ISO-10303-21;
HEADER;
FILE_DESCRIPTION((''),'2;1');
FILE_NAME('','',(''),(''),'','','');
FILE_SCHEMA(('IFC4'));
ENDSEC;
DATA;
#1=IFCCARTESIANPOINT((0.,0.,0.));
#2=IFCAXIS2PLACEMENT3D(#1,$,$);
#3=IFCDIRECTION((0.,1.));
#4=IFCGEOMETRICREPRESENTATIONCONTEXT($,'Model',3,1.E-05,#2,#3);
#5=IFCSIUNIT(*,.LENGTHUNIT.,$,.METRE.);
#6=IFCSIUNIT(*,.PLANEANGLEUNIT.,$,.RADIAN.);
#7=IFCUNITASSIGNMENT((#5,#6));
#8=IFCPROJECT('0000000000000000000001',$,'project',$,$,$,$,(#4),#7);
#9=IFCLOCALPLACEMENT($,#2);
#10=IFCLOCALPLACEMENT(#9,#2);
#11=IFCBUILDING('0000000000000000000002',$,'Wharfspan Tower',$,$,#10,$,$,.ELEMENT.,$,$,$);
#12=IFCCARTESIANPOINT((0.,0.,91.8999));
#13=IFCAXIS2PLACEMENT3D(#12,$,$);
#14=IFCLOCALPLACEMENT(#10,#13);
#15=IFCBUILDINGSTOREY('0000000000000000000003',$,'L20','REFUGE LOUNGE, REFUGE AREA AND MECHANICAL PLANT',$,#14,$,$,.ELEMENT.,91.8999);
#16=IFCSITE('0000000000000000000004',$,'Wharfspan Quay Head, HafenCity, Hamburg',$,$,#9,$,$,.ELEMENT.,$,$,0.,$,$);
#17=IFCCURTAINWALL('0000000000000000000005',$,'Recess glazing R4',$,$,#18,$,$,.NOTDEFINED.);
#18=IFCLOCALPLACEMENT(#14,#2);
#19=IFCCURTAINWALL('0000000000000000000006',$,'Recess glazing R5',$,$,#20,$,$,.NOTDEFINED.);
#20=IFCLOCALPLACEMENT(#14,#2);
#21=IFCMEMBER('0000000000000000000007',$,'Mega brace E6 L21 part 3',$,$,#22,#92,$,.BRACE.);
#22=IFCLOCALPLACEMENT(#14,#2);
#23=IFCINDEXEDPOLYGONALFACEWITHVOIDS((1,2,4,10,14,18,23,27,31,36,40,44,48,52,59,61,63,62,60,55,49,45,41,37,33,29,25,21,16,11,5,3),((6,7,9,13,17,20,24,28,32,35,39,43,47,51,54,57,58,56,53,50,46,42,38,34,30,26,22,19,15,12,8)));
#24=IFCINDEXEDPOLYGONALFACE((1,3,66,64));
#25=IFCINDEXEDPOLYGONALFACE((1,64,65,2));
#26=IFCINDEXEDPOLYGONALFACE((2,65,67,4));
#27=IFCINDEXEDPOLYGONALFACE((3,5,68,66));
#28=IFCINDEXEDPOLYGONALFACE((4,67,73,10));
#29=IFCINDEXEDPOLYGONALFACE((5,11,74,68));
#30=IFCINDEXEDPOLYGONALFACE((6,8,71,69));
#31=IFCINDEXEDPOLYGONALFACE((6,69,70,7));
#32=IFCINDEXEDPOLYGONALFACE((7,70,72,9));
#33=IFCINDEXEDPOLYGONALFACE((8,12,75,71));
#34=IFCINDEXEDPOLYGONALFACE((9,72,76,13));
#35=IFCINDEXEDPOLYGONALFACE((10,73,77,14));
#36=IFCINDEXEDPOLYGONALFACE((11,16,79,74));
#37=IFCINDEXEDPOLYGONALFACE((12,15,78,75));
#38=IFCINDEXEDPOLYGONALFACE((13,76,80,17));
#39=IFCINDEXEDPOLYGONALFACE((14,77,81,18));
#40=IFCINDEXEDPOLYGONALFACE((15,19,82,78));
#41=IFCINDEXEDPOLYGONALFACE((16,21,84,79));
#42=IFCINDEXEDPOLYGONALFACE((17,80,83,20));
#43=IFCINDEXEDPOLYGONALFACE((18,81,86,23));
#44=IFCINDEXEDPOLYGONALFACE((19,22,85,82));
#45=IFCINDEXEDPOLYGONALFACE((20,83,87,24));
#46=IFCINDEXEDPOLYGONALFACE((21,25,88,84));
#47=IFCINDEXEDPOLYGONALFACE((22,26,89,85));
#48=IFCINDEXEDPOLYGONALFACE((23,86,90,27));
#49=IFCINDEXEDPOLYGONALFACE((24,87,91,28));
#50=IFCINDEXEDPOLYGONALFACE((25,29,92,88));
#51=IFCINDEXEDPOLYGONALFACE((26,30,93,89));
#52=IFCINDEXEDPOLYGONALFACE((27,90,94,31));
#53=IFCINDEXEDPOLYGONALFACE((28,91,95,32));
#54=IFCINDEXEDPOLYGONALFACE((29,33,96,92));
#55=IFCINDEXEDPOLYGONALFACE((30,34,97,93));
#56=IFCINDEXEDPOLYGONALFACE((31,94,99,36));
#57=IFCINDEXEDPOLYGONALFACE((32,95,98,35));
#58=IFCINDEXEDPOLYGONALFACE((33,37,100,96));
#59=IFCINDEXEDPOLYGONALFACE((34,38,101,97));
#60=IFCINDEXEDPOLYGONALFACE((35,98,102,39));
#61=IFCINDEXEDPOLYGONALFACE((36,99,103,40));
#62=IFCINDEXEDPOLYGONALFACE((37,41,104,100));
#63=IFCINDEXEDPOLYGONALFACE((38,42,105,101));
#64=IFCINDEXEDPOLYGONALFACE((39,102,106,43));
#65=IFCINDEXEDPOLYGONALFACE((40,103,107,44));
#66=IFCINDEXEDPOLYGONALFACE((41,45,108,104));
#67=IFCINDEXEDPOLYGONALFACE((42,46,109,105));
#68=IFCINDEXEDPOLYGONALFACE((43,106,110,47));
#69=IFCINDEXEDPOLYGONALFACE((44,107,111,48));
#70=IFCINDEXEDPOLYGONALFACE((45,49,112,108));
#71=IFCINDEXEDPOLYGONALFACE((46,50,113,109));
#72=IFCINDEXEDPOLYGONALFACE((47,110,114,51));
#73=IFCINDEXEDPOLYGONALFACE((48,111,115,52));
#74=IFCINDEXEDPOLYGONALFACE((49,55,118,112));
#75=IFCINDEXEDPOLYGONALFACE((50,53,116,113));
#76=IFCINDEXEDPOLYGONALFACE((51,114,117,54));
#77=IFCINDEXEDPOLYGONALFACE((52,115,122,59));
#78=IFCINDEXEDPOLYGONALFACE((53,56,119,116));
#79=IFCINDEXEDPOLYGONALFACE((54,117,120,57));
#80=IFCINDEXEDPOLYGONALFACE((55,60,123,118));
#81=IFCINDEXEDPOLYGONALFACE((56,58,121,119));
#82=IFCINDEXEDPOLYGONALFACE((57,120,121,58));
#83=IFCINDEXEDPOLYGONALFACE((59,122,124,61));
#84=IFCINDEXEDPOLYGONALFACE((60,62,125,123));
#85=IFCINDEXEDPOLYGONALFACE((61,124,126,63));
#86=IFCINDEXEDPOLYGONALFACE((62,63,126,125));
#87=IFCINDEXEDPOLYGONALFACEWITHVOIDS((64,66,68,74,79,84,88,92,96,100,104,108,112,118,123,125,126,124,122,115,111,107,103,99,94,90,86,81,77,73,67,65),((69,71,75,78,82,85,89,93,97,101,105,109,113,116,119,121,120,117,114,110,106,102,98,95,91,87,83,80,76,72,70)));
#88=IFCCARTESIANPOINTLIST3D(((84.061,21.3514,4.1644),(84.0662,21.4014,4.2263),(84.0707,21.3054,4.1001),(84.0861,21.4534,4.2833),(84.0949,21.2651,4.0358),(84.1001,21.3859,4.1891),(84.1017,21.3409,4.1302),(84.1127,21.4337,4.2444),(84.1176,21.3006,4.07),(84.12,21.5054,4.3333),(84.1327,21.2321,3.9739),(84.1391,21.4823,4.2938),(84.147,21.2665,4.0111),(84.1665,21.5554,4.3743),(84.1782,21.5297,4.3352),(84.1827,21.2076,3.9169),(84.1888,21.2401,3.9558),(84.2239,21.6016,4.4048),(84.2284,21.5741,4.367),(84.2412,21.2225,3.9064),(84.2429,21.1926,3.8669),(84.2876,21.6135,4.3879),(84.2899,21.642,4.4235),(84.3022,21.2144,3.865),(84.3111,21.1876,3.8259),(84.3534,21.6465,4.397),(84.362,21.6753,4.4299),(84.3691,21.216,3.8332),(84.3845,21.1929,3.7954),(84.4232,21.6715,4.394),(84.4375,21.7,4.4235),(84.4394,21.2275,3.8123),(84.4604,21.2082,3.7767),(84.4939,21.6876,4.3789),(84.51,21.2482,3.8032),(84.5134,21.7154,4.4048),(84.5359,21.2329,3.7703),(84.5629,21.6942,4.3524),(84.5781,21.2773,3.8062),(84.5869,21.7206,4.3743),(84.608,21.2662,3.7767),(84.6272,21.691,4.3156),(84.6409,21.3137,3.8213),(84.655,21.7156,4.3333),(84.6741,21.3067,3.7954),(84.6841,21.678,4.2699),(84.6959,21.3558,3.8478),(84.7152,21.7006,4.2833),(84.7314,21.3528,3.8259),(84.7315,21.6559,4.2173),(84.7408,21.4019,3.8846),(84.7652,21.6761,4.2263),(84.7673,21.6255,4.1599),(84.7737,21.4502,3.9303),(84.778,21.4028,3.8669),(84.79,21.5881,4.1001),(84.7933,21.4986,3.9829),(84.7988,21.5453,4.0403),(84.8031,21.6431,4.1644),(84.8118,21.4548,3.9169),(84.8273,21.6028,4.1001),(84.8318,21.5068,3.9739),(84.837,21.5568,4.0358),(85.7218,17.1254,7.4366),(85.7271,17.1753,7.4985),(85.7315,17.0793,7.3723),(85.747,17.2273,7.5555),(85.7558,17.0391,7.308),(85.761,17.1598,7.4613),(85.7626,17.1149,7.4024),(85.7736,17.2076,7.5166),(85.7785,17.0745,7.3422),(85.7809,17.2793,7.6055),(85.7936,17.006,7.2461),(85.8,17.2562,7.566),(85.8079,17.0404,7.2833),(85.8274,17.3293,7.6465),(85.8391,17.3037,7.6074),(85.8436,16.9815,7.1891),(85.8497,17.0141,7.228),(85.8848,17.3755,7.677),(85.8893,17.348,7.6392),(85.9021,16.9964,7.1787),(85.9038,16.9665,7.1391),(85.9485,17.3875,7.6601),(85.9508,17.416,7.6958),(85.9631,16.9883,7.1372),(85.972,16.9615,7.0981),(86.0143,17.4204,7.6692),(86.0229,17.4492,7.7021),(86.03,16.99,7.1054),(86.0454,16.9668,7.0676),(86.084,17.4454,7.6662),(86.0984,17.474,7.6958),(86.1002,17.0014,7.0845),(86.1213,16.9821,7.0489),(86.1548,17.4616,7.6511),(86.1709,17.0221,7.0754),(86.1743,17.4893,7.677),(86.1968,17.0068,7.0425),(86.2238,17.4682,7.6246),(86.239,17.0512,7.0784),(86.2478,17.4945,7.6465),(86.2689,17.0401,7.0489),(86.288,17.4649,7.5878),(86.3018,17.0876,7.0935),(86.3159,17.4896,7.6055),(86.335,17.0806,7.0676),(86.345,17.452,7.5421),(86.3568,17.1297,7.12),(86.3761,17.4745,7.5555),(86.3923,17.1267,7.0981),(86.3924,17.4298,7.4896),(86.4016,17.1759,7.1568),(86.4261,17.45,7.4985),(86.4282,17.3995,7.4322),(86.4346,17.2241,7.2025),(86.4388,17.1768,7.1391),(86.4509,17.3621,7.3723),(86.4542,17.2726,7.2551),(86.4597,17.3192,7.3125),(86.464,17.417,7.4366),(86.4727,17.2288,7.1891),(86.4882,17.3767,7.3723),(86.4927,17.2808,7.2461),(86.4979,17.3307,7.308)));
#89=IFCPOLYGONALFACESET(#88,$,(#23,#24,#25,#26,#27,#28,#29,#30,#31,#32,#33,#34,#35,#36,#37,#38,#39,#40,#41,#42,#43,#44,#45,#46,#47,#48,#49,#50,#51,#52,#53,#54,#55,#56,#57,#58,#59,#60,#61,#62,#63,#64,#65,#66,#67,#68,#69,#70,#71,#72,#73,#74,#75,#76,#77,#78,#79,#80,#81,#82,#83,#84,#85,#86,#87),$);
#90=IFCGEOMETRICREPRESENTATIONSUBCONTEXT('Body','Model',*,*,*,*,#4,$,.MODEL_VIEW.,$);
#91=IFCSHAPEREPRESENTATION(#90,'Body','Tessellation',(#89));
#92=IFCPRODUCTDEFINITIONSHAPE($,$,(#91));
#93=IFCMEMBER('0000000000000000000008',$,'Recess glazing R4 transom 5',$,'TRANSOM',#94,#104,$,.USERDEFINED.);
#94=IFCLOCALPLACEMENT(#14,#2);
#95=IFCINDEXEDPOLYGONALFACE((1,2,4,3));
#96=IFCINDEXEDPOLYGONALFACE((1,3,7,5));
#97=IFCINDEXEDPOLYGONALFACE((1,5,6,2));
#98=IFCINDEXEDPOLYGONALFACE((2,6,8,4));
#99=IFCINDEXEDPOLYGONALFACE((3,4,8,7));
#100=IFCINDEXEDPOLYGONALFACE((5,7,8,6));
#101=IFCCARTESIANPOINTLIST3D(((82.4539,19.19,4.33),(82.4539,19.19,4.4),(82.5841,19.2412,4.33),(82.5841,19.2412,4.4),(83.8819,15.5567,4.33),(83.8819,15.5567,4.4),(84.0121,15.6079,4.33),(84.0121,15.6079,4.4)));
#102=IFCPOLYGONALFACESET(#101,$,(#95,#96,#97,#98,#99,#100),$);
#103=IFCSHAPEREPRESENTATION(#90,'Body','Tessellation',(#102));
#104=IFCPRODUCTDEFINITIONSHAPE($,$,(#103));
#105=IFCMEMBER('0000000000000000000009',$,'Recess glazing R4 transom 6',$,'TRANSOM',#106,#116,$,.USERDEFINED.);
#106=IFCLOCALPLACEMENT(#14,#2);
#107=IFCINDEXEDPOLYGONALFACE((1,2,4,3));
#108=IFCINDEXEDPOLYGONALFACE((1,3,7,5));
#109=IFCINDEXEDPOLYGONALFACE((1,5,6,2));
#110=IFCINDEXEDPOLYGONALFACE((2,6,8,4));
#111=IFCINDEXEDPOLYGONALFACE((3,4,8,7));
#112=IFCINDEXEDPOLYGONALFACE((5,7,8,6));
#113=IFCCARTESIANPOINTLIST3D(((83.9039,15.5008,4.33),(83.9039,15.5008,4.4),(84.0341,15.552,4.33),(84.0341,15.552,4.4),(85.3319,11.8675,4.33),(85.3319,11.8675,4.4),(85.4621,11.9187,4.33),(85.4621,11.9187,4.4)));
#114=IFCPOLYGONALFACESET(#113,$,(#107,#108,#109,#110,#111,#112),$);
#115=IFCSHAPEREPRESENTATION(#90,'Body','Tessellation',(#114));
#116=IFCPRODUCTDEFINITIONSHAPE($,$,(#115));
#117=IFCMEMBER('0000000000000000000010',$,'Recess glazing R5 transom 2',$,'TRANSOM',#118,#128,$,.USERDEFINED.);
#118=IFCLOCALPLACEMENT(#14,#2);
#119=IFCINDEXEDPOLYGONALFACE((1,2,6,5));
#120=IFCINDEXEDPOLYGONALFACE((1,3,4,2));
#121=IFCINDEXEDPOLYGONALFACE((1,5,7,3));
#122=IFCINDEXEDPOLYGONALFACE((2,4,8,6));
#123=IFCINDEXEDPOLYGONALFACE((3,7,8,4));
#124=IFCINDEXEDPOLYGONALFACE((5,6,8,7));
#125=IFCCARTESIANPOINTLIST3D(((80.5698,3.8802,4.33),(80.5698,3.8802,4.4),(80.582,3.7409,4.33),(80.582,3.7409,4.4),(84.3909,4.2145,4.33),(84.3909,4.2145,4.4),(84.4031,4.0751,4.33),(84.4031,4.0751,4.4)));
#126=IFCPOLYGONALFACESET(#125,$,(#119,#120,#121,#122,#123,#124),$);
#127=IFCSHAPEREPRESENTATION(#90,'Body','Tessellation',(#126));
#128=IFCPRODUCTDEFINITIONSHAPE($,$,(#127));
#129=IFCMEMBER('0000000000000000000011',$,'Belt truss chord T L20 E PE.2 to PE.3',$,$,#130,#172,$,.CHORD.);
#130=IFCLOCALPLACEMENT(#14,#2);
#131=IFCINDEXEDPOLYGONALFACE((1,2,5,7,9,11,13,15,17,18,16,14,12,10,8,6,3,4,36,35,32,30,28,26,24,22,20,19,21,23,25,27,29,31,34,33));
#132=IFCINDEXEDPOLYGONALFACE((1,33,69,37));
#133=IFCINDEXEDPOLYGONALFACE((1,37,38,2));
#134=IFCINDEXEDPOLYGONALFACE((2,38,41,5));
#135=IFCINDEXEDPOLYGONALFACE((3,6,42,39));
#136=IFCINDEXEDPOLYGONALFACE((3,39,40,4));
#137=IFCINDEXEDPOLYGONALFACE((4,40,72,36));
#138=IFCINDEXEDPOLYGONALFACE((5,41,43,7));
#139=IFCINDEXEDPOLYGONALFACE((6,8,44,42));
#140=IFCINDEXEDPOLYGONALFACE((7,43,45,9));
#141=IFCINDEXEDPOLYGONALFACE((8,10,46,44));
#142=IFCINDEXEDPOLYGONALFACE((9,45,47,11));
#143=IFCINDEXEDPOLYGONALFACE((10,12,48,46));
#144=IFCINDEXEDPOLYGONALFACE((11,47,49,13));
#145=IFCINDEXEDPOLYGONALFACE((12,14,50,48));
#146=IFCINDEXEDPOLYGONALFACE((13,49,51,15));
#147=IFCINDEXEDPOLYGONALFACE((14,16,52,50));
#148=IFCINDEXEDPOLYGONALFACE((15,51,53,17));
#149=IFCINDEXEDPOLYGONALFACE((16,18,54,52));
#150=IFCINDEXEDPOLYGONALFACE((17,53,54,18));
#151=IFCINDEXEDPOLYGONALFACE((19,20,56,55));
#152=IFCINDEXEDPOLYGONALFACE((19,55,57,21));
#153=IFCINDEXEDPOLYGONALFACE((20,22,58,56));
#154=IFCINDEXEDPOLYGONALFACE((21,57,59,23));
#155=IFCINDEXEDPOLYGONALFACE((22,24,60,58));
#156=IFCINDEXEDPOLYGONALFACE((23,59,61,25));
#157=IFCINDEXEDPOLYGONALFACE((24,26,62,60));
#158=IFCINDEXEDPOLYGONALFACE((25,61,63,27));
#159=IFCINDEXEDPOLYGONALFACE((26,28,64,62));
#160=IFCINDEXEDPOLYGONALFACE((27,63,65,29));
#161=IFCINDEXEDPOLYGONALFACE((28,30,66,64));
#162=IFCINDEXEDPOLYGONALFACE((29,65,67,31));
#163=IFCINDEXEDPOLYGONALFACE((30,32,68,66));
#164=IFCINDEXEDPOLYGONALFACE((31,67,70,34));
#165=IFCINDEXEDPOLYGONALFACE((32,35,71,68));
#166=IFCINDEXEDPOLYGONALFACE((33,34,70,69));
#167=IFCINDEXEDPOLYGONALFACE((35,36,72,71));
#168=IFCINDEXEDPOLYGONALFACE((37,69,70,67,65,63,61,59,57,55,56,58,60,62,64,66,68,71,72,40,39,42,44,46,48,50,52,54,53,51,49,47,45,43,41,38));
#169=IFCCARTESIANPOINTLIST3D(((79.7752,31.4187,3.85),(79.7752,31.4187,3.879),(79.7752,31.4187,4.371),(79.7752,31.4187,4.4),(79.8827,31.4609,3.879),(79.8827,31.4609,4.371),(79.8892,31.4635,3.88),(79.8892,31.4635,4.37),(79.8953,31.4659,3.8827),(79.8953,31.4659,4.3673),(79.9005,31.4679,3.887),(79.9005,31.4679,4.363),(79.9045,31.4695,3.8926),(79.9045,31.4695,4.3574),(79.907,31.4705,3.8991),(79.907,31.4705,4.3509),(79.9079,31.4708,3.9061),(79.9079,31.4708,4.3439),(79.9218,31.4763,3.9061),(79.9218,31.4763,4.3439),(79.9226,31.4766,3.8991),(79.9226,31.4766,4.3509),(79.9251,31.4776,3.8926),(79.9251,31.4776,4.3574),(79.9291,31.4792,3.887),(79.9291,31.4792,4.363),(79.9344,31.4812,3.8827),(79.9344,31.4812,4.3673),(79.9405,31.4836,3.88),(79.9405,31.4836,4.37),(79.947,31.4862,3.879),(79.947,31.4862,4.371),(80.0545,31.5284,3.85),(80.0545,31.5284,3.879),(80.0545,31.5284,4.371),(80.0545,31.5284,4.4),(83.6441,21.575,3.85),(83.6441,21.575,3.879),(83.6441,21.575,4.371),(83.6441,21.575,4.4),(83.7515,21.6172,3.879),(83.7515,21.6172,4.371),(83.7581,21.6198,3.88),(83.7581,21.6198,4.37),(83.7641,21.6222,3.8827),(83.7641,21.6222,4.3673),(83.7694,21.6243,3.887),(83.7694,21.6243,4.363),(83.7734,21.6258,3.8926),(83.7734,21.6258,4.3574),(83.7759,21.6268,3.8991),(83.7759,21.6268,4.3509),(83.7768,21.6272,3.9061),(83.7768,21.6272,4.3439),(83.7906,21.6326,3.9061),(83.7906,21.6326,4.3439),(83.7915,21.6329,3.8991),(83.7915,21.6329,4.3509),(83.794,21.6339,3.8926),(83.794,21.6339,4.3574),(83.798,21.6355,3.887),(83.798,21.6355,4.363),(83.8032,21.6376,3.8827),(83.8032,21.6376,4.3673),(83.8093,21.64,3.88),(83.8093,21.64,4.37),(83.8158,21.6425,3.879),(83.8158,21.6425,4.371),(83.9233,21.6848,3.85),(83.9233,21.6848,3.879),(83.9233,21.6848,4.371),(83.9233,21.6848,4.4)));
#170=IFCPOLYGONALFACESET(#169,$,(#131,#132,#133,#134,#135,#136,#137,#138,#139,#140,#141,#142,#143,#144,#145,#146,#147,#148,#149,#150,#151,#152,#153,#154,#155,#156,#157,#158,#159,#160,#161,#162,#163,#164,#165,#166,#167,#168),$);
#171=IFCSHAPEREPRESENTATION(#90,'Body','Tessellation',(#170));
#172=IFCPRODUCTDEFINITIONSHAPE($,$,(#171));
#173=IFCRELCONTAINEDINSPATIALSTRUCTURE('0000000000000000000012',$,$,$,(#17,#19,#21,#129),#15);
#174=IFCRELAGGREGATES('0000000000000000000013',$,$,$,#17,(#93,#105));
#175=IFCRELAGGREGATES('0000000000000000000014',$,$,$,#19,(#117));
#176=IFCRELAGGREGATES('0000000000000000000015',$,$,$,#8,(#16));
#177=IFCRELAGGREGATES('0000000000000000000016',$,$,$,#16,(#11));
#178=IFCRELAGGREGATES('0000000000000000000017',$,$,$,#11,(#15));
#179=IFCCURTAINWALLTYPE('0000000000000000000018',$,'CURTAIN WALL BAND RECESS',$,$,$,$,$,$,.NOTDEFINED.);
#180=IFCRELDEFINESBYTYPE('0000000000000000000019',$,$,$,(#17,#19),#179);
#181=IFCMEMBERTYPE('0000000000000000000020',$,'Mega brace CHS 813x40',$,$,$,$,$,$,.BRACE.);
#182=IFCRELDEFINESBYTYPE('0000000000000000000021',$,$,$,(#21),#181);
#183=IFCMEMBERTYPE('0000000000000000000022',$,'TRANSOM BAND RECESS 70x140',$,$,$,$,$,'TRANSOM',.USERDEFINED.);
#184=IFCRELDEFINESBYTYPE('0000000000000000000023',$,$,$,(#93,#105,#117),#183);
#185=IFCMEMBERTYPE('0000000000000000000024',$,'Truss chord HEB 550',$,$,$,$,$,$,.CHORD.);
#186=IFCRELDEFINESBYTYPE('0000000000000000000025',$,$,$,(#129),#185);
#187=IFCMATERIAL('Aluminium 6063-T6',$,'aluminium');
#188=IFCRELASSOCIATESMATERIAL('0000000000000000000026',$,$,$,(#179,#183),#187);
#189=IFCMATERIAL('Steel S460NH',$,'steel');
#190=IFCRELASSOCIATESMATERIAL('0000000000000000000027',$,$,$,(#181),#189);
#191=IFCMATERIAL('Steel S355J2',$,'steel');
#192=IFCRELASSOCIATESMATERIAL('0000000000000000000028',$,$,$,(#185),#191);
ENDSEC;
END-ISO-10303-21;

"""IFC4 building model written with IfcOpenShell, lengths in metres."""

from ifc_helpers import new_model, si_unit, direction, frame, origin, origin_2d, place, context, subcontext, project, spatial, rectangle, hollow_circle, i_section, extrude, material, material_profile, profile_set, type_object, element, aggregate, save


model = new_model("IFC4")

# Units and contexts
model_context = context("Model", 3, precision=1e-05, world=origin(), true_north=direction((0.0, 1.0)))
body_context = subcontext(model_context, "Body", "Model", "MODEL_VIEW")
ifc_project = project(units=[si_unit("LENGTHUNIT", "METRE"), si_unit("PLANEANGLEUNIT", "RADIAN")], contexts=[model_context])

# Site, building, storey
site_placement = place(None, origin())
site = spatial("IfcSite", under=ifc_project, at=site_placement, Name="Wharfspan Quay Head, HafenCity, Hamburg", CompositionType="ELEMENT", RefElevation=0.0)
building_placement = place(site_placement, origin())
building = spatial("IfcBuilding", under=site, at=building_placement, Name="Wharfspan Tower", CompositionType="ELEMENT")
storey_placement = place(building_placement, frame((0.0, 0.0, 91.8999)))
storey = spatial("IfcBuildingStorey", under=building, at=storey_placement, Name="L20", Description="REFUGE LOUNGE, REFUGE AREA AND MECHANICAL PLANT", CompositionType="ELEMENT", Elevation=91.8999)

# Shared definitions
ifc_material_1 = material(Name="Steel S355J2", Category="steel")

# Curtain wall
ifc_material_2 = material(Name="Aluminium 6063-T6", Category="aluminium")
curtain_wall_type = type_object("IfcCurtainWallType", Name="CURTAIN WALL BAND RECESS", PredefinedType="NOTDEFINED", material=ifc_material_2)
curtain_wall_1_placement = place(storey_placement, origin())
curtain_wall_1 = element("IfcCurtainWall", 1, at=curtain_wall_1_placement, inside=storey, type_object=curtain_wall_type, Name="Recess glazing R4", PredefinedType="NOTDEFINED")

# Curtain wall
curtain_wall_2_placement = place(storey_placement, origin())
curtain_wall_2 = element("IfcCurtainWall", 2, at=curtain_wall_2_placement, inside=storey, type_object=curtain_wall_type, Name="Recess glazing R5", PredefinedType="NOTDEFINED")

# Member
ifc_material_3 = material(Name="Steel S460NH", Category="steel")
ifc_material_profile_1 = material_profile(ifc_material_3, hollow_circle(Radius=0.4065, WallThickness=0.04, at=origin_2d()))
ifc_profile_set_1 = profile_set([ifc_material_profile_1], Name="Steel S460NH")
member_type_1 = type_object("IfcMemberType", Name="Mega brace CHS 813x40", PredefinedType="BRACE", material=ifc_profile_set_1)
member_1_placement = place(storey_placement, frame((84.449, 21.4541, 4.1001), z_axis=(0.29675, -0.75507, 0.584645), x_axis=(0.930704, 0.365779, 0.000004)))
element("IfcMember", 3, at=member_1_placement, inside=storey, type_object=member_type_1, Name="Mega brace E6 L21 part 3", PredefinedType="BRACE", context=body_context, shape_type="SweptSolid", body=[
    extrude(hollow_circle(Radius=0.4065, WallThickness=0.04, at=origin_2d()), origin(), (0.0, 0.0, 1.0), 5.5969),
])

# Members
ifc_material_profile_2 = material_profile(ifc_material_2, rectangle(XDim=0.1399, YDim=0.0701, at=origin_2d()))
ifc_profile_set_2 = profile_set([ifc_material_profile_2], Name="Aluminium 6063-T6")
member_type_2 = type_object("IfcMemberType", Name="TRANSOM BAND RECESS 70x140", ElementType="TRANSOM", PredefinedType="USERDEFINED", material=ifc_profile_set_2)
member_2_placement = place(storey_placement, frame((82.519, 19.2156, 4.365), z_axis=(0.365788, -0.930698, 0.0), x_axis=(0.930698, 0.365788, 0.0)))
member_2 = element("IfcMember", 4, at=member_2_placement, type_object=member_type_2, Name="Recess glazing R4 transom 5", ObjectType="TRANSOM", PredefinedType="USERDEFINED", context=body_context, shape_type="SweptSolid", body=[
    extrude(rectangle(XDim=0.1399, YDim=0.0701, at=origin_2d()), origin(), (0.0, 0.0, 1.0), 3.9038),
])
member_3_placement = place(storey_placement, frame((83.969, 15.5264, 4.365), z_axis=(0.365788, -0.930698, 0.0), x_axis=(0.930698, 0.365788, 0.0)))
member_3 = element("IfcMember", 5, at=member_3_placement, type_object=member_type_2, Name="Recess glazing R4 transom 6", ObjectType="TRANSOM", PredefinedType="USERDEFINED", context=body_context, shape_type="SweptSolid", body=[
    extrude(rectangle(XDim=0.1399, YDim=0.0701, at=origin_2d()), origin(), (0.0, 0.0, 1.0), 3.9038),
])
member_4_placement = place(storey_placement, frame((84.397, 4.1448, 4.365), z_axis=(-0.996196, -0.087138, 0.0), x_axis=(0.087138, -0.996196, 0.0)))
member_4 = element("IfcMember", 6, at=member_4_placement, type_object=member_type_2, Name="Recess glazing R5 transom 2", ObjectType="TRANSOM", PredefinedType="USERDEFINED", context=body_context, shape_type="SweptSolid", body=[
    extrude(rectangle(XDim=0.1399, YDim=0.0701, at=origin_2d()), origin(), (0.0, 0.0, 1.0), 3.8357),
])

# Member
ifc_material_profile_3 = material_profile(ifc_material_1, i_section(OverallWidth=0.3, OverallDepth=0.55, WebThickness=0.0149, FlangeThickness=0.0291, FilletRadius=0.0271, at=origin_2d()))
ifc_profile_set_3 = profile_set([ifc_material_profile_3], Name="Steel S355J2")
member_type_3 = type_object("IfcMemberType", Name="Truss chord HEB 550", PredefinedType="CHORD", material=ifc_profile_set_3)
for number, where, z_axis, x_axis, name in (
    (7, (83.7837, 21.6299, 4.125), (-0.365792, 0.930696, 0.0), (-0.930696, -0.365792, 0.0), "Belt truss chord T L20 E PE.2 to PE.3"),
):
    element("IfcMember", number, at=place(storey_placement, frame(where, z_axis=z_axis, x_axis=x_axis)), inside=storey, type_object=member_type_3, Name=name, PredefinedType="CHORD", context=body_context, shape_type="SweptSolid", body=[
        extrude(i_section(OverallWidth=0.3, OverallDepth=0.55, WebThickness=0.0149, FlangeThickness=0.0291, FilletRadius=0.0271, at=origin_2d()), origin(), (0.0, 0.0, 1.0), 10.5767),
    ])

aggregate(curtain_wall_1, [member_2, member_3])
aggregate(curtain_wall_2, [member_4])

save(model, "model.ifc")
